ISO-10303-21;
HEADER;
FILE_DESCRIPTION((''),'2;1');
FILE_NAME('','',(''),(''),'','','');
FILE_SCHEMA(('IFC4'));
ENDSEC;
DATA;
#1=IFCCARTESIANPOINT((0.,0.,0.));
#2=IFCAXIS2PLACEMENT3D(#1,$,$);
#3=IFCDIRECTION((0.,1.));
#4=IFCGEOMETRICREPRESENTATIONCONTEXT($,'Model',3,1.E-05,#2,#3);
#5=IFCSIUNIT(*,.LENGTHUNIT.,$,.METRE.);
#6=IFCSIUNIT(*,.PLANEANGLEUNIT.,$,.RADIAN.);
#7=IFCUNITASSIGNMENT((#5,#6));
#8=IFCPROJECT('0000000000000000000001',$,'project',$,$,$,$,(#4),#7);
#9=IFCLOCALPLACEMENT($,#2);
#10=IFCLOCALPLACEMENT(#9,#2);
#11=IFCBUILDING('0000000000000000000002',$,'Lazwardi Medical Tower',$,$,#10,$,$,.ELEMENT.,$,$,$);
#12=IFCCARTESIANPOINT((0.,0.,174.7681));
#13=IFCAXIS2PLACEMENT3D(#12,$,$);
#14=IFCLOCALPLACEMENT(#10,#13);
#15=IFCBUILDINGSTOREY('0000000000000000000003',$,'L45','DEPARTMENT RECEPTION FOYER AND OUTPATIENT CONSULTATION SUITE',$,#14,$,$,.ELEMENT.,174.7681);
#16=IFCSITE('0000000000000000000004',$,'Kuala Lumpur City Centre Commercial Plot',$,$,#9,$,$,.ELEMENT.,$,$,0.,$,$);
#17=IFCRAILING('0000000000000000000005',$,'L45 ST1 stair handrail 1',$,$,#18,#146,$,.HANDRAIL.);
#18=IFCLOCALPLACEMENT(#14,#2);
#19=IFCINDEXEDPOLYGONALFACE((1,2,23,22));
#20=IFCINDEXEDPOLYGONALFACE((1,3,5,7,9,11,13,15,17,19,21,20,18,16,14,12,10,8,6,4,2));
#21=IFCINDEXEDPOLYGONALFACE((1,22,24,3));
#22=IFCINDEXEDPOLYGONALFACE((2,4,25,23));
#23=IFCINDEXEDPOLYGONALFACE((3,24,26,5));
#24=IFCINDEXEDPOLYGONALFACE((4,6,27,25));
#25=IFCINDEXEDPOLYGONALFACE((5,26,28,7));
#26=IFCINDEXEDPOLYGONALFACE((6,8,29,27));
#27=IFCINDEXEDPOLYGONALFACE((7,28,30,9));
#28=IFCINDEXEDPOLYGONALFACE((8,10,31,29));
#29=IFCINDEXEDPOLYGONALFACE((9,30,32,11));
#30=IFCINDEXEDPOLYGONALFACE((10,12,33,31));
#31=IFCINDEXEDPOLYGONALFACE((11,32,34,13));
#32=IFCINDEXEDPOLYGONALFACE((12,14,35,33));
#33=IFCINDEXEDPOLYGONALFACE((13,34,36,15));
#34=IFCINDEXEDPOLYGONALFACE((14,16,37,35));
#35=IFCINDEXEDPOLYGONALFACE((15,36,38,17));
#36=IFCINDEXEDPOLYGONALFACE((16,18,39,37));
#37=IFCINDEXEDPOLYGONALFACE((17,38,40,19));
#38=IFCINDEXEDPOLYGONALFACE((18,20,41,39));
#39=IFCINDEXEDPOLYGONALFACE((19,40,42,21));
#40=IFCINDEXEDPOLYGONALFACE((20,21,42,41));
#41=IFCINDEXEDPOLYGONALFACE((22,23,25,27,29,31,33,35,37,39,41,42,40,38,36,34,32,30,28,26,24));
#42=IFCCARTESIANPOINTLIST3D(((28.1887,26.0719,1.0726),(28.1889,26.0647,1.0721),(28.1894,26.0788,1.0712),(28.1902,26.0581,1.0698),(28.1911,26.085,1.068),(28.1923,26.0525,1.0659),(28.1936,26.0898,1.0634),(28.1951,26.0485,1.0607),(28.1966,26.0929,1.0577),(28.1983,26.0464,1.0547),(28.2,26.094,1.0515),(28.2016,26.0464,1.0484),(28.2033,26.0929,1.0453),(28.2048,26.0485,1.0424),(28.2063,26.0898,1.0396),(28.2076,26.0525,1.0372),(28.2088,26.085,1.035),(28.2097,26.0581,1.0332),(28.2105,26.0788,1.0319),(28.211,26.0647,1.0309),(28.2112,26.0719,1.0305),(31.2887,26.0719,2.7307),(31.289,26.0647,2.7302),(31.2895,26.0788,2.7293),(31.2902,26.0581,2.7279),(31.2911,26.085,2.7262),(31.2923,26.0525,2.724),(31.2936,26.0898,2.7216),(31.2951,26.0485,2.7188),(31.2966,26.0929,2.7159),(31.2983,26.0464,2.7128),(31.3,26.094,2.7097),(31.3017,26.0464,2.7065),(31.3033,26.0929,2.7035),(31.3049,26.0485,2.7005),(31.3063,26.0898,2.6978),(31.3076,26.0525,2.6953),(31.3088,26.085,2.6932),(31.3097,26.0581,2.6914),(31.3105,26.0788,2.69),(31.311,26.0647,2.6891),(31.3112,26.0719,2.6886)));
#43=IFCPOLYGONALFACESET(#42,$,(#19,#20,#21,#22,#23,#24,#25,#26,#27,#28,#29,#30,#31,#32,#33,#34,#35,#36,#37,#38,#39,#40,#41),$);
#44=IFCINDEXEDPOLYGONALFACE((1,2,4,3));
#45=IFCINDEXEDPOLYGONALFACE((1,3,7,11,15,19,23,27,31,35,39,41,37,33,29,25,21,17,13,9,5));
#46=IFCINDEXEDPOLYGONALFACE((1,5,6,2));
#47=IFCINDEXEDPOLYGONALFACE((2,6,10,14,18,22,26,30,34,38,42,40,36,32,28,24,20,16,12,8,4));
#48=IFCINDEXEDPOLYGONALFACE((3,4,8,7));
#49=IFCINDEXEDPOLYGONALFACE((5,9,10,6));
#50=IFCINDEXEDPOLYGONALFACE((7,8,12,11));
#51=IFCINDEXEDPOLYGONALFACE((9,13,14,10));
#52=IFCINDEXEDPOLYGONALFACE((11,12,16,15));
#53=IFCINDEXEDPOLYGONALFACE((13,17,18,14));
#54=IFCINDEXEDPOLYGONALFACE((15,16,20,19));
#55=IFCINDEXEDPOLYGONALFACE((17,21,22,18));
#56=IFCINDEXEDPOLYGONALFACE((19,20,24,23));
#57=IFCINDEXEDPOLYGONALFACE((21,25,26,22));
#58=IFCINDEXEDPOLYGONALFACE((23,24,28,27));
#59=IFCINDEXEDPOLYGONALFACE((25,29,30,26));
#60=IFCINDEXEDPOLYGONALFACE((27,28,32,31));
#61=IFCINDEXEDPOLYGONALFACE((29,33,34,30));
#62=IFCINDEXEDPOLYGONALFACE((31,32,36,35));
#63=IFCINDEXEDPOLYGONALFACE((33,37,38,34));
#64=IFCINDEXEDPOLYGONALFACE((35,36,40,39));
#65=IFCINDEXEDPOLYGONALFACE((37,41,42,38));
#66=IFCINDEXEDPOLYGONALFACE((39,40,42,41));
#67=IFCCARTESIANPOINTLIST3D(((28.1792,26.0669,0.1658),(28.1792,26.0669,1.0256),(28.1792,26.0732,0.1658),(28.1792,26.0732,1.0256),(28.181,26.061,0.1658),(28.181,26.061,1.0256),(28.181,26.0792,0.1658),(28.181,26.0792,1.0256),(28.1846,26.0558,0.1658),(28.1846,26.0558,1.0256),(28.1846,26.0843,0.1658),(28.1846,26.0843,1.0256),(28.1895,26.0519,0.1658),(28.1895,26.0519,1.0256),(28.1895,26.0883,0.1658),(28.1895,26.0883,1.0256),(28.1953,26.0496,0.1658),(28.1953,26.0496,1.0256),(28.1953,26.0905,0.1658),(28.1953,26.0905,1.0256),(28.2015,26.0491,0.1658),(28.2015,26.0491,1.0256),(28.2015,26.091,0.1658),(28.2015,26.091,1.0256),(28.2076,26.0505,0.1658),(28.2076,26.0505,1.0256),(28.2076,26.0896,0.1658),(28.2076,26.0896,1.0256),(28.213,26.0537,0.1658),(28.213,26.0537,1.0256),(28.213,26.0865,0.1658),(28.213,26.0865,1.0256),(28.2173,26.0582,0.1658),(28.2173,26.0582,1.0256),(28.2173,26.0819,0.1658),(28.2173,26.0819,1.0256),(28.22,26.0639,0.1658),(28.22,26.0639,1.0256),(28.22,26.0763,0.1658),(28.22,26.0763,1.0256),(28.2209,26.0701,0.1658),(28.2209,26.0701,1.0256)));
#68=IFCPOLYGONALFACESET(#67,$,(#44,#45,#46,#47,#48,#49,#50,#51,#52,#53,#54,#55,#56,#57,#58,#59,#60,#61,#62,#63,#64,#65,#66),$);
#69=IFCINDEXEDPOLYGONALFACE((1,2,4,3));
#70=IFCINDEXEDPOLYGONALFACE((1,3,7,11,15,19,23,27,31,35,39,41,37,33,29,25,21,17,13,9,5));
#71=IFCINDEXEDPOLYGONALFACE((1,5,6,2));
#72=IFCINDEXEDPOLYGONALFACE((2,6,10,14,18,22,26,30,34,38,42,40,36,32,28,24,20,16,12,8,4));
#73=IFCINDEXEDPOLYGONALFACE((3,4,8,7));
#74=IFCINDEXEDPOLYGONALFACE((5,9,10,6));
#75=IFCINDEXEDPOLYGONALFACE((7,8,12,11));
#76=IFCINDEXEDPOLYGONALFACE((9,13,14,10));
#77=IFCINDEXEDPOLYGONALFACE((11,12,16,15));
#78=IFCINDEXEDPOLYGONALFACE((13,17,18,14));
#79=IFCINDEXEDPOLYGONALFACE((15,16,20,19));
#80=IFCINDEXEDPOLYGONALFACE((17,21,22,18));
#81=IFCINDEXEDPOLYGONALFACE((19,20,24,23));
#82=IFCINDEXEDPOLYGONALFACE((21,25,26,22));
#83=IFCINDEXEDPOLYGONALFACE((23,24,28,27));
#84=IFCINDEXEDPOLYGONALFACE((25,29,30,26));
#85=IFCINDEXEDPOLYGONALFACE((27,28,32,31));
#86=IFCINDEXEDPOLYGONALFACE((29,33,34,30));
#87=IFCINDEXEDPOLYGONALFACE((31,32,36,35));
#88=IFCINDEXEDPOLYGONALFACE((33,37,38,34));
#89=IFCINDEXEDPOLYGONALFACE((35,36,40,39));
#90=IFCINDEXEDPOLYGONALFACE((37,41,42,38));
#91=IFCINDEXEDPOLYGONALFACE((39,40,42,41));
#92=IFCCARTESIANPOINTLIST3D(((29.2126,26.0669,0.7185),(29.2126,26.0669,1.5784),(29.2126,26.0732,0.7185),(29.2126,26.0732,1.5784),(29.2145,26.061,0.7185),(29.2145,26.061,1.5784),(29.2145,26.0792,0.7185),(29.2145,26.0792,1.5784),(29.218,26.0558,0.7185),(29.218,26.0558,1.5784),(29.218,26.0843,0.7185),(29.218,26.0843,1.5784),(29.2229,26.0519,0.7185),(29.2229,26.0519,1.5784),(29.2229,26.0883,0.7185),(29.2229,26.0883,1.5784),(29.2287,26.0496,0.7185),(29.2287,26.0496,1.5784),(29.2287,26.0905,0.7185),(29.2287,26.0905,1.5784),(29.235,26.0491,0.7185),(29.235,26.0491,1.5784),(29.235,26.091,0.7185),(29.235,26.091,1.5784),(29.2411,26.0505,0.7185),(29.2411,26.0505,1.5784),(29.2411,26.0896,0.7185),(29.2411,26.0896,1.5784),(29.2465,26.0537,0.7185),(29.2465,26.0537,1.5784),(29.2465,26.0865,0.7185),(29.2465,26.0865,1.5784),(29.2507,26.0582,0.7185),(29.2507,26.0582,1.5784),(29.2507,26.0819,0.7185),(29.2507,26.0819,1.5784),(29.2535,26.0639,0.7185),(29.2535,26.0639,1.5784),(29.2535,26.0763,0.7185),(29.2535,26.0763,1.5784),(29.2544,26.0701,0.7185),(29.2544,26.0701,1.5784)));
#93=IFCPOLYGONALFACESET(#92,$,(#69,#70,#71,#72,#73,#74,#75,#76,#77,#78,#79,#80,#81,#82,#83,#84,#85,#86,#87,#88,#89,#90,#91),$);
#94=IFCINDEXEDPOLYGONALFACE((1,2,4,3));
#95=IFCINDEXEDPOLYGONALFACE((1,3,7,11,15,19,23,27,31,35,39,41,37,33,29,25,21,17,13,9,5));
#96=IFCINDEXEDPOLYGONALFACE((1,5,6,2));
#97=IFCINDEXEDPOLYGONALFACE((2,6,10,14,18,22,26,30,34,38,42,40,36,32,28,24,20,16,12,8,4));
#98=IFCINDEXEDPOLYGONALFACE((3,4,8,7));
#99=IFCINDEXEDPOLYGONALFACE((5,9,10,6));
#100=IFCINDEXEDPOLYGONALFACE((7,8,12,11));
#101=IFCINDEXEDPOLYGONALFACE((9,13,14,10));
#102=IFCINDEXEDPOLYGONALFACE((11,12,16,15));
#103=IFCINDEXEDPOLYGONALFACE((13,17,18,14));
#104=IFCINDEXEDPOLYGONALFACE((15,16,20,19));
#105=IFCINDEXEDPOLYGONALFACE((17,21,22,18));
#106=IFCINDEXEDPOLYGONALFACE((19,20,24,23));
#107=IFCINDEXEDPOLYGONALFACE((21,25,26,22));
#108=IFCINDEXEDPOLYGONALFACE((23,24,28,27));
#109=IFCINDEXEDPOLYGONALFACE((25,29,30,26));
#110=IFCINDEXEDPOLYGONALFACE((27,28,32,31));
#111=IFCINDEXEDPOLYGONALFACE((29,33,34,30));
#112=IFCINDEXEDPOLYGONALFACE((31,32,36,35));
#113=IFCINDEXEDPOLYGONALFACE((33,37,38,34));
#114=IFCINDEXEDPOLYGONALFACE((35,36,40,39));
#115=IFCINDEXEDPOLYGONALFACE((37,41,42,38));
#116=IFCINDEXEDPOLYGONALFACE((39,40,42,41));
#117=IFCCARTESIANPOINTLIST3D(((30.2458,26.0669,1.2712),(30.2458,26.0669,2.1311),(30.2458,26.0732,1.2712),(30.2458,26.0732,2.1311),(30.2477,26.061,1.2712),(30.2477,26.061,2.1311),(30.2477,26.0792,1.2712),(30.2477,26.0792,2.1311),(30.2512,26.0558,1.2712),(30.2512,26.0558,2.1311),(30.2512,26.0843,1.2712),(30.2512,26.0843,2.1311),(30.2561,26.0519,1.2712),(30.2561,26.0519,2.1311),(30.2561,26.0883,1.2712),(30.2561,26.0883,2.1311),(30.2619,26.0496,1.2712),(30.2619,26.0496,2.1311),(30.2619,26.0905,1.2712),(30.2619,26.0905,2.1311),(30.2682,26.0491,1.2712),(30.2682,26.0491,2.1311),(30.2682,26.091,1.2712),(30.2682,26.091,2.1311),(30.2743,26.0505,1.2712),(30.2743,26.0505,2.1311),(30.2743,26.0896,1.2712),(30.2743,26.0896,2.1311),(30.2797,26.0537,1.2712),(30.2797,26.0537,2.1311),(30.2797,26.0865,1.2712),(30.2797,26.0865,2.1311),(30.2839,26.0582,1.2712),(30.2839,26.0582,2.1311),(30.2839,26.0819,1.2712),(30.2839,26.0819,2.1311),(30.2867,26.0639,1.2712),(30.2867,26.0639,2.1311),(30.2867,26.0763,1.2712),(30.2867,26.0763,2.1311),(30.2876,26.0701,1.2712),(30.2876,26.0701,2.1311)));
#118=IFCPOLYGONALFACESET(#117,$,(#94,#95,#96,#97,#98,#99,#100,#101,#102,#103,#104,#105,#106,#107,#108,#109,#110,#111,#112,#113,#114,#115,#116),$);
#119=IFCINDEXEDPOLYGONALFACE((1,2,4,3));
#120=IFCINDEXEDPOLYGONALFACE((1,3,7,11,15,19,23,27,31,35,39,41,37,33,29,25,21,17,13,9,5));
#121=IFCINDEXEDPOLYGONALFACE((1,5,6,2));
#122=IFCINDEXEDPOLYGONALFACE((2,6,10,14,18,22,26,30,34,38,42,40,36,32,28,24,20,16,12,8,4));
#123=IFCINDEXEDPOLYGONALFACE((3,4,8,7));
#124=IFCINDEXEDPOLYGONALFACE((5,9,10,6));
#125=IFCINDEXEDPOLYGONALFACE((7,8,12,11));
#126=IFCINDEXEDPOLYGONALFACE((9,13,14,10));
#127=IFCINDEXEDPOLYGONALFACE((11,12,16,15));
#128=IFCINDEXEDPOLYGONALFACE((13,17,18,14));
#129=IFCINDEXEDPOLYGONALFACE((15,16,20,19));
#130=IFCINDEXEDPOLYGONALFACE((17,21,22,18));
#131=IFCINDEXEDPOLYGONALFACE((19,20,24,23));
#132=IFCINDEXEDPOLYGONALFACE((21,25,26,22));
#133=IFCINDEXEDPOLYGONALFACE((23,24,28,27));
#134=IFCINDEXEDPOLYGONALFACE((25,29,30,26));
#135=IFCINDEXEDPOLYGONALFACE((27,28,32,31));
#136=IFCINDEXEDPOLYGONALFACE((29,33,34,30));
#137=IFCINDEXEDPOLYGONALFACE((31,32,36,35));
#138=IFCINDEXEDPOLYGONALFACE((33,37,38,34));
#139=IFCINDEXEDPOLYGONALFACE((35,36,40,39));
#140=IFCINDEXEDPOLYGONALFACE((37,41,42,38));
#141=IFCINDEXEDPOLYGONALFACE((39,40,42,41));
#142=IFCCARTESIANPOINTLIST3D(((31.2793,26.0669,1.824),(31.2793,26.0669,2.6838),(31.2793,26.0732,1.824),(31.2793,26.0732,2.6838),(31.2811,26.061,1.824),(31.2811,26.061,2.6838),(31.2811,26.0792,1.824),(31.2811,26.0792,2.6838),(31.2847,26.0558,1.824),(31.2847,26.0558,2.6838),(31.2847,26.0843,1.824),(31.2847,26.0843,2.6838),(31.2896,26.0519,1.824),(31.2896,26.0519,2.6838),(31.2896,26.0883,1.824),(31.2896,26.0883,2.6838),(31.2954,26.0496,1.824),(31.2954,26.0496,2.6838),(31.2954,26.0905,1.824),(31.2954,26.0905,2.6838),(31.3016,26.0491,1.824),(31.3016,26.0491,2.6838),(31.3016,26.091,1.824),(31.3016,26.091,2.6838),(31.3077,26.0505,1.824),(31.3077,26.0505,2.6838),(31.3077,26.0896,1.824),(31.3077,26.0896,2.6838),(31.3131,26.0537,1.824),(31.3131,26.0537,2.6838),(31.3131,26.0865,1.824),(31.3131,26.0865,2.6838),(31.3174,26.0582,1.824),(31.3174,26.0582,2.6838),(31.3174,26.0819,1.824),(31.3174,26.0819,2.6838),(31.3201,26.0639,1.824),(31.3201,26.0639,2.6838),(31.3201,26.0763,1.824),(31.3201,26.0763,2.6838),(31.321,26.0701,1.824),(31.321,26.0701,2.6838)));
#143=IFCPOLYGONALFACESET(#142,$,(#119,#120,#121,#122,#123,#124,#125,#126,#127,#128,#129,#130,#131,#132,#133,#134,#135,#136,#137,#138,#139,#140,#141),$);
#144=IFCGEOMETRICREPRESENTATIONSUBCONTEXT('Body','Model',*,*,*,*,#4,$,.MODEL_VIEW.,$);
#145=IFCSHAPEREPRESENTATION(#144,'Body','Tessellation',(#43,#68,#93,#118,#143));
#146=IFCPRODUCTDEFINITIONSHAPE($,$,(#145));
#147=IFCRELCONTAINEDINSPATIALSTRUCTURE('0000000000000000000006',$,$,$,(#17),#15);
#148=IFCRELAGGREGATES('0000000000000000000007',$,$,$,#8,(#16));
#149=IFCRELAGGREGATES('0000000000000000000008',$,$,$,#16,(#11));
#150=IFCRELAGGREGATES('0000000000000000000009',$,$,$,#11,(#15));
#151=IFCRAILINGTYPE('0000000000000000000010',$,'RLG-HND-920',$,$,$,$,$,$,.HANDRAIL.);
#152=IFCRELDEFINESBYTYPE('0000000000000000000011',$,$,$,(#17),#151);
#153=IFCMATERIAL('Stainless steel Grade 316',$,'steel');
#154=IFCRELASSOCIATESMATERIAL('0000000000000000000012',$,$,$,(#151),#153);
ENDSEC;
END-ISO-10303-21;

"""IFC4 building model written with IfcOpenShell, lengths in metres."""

from ifc_helpers import new_model, si_unit, direction, frame, origin, origin_2d, place, context, subcontext, project, spatial, circle, extrude, material, type_object, element, save


model = new_model("IFC4")

# Units and contexts
model_context = context("Model", 3, precision=1e-05, world=origin(), true_north=direction((0.0, 1.0)))
body_context = subcontext(model_context, "Body", "Model", "MODEL_VIEW")
ifc_project = project(units=[si_unit("LENGTHUNIT", "METRE"), si_unit("PLANEANGLEUNIT", "RADIAN")], contexts=[model_context])

# Site, building, storey
site_placement = place(None, origin())
site = spatial("IfcSite", under=ifc_project, at=site_placement, Name="Kuala Lumpur City Centre Commercial Plot", CompositionType="ELEMENT", RefElevation=0.0)
building_placement = place(site_placement, origin())
building = spatial("IfcBuilding", under=site, at=building_placement, Name="Lazwardi Medical Tower", CompositionType="ELEMENT")
storey_placement = place(building_placement, frame((0.0, 0.0, 174.7681)))
storey = spatial("IfcBuildingStorey", under=building, at=storey_placement, Name="L45", Description="DEPARTMENT RECEPTION FOYER AND OUTPATIENT CONSULTATION SUITE", CompositionType="ELEMENT", Elevation=174.7681)

# Railing
ifc_material_1 = material(Name="Stainless steel Grade 316", Category="steel")
railing_type_1 = type_object("IfcRailingType", Name="RLG-HND-920", PredefinedType="HANDRAIL", material=ifc_material_1)
railing_1_placement = place(storey_placement, frame((28.2, 26.0701, 0.1658)))
element("IfcRailing", 1, at=railing_1_placement, inside=storey, type_object=railing_type_1, Name="L45 ST1 stair handrail 1", PredefinedType="HANDRAIL", context=body_context, shape_type="SweptSolid", body=[
    extrude(circle(Radius=0.0239, at=origin_2d()), frame((0.0, 0.0, 0.8857), z_axis=(0.881783, 0.0, 0.471655), x_axis=(0.0, 1.0, 0.0)), (0.0, 0.0, 1.0), 3.5156),
    extrude(circle(Radius=0.021, at=origin_2d()), origin(), (0.0, 0.0, 1.0), 0.8599),
    extrude(circle(Radius=0.021, at=origin_2d()), frame((1.0334, 0.0, 0.5527)), (0.0, 0.0, 1.0), 0.8599),
    extrude(circle(Radius=0.021, at=origin_2d()), frame((2.0667, 0.0, 1.1055)), (0.0, 0.0, 1.0), 0.8599),
    extrude(circle(Radius=0.021, at=origin_2d()), frame((3.1001, 0.0, 1.6582)), (0.0, 0.0, 1.0), 0.8599),
])

save(model, "model.ifc")
